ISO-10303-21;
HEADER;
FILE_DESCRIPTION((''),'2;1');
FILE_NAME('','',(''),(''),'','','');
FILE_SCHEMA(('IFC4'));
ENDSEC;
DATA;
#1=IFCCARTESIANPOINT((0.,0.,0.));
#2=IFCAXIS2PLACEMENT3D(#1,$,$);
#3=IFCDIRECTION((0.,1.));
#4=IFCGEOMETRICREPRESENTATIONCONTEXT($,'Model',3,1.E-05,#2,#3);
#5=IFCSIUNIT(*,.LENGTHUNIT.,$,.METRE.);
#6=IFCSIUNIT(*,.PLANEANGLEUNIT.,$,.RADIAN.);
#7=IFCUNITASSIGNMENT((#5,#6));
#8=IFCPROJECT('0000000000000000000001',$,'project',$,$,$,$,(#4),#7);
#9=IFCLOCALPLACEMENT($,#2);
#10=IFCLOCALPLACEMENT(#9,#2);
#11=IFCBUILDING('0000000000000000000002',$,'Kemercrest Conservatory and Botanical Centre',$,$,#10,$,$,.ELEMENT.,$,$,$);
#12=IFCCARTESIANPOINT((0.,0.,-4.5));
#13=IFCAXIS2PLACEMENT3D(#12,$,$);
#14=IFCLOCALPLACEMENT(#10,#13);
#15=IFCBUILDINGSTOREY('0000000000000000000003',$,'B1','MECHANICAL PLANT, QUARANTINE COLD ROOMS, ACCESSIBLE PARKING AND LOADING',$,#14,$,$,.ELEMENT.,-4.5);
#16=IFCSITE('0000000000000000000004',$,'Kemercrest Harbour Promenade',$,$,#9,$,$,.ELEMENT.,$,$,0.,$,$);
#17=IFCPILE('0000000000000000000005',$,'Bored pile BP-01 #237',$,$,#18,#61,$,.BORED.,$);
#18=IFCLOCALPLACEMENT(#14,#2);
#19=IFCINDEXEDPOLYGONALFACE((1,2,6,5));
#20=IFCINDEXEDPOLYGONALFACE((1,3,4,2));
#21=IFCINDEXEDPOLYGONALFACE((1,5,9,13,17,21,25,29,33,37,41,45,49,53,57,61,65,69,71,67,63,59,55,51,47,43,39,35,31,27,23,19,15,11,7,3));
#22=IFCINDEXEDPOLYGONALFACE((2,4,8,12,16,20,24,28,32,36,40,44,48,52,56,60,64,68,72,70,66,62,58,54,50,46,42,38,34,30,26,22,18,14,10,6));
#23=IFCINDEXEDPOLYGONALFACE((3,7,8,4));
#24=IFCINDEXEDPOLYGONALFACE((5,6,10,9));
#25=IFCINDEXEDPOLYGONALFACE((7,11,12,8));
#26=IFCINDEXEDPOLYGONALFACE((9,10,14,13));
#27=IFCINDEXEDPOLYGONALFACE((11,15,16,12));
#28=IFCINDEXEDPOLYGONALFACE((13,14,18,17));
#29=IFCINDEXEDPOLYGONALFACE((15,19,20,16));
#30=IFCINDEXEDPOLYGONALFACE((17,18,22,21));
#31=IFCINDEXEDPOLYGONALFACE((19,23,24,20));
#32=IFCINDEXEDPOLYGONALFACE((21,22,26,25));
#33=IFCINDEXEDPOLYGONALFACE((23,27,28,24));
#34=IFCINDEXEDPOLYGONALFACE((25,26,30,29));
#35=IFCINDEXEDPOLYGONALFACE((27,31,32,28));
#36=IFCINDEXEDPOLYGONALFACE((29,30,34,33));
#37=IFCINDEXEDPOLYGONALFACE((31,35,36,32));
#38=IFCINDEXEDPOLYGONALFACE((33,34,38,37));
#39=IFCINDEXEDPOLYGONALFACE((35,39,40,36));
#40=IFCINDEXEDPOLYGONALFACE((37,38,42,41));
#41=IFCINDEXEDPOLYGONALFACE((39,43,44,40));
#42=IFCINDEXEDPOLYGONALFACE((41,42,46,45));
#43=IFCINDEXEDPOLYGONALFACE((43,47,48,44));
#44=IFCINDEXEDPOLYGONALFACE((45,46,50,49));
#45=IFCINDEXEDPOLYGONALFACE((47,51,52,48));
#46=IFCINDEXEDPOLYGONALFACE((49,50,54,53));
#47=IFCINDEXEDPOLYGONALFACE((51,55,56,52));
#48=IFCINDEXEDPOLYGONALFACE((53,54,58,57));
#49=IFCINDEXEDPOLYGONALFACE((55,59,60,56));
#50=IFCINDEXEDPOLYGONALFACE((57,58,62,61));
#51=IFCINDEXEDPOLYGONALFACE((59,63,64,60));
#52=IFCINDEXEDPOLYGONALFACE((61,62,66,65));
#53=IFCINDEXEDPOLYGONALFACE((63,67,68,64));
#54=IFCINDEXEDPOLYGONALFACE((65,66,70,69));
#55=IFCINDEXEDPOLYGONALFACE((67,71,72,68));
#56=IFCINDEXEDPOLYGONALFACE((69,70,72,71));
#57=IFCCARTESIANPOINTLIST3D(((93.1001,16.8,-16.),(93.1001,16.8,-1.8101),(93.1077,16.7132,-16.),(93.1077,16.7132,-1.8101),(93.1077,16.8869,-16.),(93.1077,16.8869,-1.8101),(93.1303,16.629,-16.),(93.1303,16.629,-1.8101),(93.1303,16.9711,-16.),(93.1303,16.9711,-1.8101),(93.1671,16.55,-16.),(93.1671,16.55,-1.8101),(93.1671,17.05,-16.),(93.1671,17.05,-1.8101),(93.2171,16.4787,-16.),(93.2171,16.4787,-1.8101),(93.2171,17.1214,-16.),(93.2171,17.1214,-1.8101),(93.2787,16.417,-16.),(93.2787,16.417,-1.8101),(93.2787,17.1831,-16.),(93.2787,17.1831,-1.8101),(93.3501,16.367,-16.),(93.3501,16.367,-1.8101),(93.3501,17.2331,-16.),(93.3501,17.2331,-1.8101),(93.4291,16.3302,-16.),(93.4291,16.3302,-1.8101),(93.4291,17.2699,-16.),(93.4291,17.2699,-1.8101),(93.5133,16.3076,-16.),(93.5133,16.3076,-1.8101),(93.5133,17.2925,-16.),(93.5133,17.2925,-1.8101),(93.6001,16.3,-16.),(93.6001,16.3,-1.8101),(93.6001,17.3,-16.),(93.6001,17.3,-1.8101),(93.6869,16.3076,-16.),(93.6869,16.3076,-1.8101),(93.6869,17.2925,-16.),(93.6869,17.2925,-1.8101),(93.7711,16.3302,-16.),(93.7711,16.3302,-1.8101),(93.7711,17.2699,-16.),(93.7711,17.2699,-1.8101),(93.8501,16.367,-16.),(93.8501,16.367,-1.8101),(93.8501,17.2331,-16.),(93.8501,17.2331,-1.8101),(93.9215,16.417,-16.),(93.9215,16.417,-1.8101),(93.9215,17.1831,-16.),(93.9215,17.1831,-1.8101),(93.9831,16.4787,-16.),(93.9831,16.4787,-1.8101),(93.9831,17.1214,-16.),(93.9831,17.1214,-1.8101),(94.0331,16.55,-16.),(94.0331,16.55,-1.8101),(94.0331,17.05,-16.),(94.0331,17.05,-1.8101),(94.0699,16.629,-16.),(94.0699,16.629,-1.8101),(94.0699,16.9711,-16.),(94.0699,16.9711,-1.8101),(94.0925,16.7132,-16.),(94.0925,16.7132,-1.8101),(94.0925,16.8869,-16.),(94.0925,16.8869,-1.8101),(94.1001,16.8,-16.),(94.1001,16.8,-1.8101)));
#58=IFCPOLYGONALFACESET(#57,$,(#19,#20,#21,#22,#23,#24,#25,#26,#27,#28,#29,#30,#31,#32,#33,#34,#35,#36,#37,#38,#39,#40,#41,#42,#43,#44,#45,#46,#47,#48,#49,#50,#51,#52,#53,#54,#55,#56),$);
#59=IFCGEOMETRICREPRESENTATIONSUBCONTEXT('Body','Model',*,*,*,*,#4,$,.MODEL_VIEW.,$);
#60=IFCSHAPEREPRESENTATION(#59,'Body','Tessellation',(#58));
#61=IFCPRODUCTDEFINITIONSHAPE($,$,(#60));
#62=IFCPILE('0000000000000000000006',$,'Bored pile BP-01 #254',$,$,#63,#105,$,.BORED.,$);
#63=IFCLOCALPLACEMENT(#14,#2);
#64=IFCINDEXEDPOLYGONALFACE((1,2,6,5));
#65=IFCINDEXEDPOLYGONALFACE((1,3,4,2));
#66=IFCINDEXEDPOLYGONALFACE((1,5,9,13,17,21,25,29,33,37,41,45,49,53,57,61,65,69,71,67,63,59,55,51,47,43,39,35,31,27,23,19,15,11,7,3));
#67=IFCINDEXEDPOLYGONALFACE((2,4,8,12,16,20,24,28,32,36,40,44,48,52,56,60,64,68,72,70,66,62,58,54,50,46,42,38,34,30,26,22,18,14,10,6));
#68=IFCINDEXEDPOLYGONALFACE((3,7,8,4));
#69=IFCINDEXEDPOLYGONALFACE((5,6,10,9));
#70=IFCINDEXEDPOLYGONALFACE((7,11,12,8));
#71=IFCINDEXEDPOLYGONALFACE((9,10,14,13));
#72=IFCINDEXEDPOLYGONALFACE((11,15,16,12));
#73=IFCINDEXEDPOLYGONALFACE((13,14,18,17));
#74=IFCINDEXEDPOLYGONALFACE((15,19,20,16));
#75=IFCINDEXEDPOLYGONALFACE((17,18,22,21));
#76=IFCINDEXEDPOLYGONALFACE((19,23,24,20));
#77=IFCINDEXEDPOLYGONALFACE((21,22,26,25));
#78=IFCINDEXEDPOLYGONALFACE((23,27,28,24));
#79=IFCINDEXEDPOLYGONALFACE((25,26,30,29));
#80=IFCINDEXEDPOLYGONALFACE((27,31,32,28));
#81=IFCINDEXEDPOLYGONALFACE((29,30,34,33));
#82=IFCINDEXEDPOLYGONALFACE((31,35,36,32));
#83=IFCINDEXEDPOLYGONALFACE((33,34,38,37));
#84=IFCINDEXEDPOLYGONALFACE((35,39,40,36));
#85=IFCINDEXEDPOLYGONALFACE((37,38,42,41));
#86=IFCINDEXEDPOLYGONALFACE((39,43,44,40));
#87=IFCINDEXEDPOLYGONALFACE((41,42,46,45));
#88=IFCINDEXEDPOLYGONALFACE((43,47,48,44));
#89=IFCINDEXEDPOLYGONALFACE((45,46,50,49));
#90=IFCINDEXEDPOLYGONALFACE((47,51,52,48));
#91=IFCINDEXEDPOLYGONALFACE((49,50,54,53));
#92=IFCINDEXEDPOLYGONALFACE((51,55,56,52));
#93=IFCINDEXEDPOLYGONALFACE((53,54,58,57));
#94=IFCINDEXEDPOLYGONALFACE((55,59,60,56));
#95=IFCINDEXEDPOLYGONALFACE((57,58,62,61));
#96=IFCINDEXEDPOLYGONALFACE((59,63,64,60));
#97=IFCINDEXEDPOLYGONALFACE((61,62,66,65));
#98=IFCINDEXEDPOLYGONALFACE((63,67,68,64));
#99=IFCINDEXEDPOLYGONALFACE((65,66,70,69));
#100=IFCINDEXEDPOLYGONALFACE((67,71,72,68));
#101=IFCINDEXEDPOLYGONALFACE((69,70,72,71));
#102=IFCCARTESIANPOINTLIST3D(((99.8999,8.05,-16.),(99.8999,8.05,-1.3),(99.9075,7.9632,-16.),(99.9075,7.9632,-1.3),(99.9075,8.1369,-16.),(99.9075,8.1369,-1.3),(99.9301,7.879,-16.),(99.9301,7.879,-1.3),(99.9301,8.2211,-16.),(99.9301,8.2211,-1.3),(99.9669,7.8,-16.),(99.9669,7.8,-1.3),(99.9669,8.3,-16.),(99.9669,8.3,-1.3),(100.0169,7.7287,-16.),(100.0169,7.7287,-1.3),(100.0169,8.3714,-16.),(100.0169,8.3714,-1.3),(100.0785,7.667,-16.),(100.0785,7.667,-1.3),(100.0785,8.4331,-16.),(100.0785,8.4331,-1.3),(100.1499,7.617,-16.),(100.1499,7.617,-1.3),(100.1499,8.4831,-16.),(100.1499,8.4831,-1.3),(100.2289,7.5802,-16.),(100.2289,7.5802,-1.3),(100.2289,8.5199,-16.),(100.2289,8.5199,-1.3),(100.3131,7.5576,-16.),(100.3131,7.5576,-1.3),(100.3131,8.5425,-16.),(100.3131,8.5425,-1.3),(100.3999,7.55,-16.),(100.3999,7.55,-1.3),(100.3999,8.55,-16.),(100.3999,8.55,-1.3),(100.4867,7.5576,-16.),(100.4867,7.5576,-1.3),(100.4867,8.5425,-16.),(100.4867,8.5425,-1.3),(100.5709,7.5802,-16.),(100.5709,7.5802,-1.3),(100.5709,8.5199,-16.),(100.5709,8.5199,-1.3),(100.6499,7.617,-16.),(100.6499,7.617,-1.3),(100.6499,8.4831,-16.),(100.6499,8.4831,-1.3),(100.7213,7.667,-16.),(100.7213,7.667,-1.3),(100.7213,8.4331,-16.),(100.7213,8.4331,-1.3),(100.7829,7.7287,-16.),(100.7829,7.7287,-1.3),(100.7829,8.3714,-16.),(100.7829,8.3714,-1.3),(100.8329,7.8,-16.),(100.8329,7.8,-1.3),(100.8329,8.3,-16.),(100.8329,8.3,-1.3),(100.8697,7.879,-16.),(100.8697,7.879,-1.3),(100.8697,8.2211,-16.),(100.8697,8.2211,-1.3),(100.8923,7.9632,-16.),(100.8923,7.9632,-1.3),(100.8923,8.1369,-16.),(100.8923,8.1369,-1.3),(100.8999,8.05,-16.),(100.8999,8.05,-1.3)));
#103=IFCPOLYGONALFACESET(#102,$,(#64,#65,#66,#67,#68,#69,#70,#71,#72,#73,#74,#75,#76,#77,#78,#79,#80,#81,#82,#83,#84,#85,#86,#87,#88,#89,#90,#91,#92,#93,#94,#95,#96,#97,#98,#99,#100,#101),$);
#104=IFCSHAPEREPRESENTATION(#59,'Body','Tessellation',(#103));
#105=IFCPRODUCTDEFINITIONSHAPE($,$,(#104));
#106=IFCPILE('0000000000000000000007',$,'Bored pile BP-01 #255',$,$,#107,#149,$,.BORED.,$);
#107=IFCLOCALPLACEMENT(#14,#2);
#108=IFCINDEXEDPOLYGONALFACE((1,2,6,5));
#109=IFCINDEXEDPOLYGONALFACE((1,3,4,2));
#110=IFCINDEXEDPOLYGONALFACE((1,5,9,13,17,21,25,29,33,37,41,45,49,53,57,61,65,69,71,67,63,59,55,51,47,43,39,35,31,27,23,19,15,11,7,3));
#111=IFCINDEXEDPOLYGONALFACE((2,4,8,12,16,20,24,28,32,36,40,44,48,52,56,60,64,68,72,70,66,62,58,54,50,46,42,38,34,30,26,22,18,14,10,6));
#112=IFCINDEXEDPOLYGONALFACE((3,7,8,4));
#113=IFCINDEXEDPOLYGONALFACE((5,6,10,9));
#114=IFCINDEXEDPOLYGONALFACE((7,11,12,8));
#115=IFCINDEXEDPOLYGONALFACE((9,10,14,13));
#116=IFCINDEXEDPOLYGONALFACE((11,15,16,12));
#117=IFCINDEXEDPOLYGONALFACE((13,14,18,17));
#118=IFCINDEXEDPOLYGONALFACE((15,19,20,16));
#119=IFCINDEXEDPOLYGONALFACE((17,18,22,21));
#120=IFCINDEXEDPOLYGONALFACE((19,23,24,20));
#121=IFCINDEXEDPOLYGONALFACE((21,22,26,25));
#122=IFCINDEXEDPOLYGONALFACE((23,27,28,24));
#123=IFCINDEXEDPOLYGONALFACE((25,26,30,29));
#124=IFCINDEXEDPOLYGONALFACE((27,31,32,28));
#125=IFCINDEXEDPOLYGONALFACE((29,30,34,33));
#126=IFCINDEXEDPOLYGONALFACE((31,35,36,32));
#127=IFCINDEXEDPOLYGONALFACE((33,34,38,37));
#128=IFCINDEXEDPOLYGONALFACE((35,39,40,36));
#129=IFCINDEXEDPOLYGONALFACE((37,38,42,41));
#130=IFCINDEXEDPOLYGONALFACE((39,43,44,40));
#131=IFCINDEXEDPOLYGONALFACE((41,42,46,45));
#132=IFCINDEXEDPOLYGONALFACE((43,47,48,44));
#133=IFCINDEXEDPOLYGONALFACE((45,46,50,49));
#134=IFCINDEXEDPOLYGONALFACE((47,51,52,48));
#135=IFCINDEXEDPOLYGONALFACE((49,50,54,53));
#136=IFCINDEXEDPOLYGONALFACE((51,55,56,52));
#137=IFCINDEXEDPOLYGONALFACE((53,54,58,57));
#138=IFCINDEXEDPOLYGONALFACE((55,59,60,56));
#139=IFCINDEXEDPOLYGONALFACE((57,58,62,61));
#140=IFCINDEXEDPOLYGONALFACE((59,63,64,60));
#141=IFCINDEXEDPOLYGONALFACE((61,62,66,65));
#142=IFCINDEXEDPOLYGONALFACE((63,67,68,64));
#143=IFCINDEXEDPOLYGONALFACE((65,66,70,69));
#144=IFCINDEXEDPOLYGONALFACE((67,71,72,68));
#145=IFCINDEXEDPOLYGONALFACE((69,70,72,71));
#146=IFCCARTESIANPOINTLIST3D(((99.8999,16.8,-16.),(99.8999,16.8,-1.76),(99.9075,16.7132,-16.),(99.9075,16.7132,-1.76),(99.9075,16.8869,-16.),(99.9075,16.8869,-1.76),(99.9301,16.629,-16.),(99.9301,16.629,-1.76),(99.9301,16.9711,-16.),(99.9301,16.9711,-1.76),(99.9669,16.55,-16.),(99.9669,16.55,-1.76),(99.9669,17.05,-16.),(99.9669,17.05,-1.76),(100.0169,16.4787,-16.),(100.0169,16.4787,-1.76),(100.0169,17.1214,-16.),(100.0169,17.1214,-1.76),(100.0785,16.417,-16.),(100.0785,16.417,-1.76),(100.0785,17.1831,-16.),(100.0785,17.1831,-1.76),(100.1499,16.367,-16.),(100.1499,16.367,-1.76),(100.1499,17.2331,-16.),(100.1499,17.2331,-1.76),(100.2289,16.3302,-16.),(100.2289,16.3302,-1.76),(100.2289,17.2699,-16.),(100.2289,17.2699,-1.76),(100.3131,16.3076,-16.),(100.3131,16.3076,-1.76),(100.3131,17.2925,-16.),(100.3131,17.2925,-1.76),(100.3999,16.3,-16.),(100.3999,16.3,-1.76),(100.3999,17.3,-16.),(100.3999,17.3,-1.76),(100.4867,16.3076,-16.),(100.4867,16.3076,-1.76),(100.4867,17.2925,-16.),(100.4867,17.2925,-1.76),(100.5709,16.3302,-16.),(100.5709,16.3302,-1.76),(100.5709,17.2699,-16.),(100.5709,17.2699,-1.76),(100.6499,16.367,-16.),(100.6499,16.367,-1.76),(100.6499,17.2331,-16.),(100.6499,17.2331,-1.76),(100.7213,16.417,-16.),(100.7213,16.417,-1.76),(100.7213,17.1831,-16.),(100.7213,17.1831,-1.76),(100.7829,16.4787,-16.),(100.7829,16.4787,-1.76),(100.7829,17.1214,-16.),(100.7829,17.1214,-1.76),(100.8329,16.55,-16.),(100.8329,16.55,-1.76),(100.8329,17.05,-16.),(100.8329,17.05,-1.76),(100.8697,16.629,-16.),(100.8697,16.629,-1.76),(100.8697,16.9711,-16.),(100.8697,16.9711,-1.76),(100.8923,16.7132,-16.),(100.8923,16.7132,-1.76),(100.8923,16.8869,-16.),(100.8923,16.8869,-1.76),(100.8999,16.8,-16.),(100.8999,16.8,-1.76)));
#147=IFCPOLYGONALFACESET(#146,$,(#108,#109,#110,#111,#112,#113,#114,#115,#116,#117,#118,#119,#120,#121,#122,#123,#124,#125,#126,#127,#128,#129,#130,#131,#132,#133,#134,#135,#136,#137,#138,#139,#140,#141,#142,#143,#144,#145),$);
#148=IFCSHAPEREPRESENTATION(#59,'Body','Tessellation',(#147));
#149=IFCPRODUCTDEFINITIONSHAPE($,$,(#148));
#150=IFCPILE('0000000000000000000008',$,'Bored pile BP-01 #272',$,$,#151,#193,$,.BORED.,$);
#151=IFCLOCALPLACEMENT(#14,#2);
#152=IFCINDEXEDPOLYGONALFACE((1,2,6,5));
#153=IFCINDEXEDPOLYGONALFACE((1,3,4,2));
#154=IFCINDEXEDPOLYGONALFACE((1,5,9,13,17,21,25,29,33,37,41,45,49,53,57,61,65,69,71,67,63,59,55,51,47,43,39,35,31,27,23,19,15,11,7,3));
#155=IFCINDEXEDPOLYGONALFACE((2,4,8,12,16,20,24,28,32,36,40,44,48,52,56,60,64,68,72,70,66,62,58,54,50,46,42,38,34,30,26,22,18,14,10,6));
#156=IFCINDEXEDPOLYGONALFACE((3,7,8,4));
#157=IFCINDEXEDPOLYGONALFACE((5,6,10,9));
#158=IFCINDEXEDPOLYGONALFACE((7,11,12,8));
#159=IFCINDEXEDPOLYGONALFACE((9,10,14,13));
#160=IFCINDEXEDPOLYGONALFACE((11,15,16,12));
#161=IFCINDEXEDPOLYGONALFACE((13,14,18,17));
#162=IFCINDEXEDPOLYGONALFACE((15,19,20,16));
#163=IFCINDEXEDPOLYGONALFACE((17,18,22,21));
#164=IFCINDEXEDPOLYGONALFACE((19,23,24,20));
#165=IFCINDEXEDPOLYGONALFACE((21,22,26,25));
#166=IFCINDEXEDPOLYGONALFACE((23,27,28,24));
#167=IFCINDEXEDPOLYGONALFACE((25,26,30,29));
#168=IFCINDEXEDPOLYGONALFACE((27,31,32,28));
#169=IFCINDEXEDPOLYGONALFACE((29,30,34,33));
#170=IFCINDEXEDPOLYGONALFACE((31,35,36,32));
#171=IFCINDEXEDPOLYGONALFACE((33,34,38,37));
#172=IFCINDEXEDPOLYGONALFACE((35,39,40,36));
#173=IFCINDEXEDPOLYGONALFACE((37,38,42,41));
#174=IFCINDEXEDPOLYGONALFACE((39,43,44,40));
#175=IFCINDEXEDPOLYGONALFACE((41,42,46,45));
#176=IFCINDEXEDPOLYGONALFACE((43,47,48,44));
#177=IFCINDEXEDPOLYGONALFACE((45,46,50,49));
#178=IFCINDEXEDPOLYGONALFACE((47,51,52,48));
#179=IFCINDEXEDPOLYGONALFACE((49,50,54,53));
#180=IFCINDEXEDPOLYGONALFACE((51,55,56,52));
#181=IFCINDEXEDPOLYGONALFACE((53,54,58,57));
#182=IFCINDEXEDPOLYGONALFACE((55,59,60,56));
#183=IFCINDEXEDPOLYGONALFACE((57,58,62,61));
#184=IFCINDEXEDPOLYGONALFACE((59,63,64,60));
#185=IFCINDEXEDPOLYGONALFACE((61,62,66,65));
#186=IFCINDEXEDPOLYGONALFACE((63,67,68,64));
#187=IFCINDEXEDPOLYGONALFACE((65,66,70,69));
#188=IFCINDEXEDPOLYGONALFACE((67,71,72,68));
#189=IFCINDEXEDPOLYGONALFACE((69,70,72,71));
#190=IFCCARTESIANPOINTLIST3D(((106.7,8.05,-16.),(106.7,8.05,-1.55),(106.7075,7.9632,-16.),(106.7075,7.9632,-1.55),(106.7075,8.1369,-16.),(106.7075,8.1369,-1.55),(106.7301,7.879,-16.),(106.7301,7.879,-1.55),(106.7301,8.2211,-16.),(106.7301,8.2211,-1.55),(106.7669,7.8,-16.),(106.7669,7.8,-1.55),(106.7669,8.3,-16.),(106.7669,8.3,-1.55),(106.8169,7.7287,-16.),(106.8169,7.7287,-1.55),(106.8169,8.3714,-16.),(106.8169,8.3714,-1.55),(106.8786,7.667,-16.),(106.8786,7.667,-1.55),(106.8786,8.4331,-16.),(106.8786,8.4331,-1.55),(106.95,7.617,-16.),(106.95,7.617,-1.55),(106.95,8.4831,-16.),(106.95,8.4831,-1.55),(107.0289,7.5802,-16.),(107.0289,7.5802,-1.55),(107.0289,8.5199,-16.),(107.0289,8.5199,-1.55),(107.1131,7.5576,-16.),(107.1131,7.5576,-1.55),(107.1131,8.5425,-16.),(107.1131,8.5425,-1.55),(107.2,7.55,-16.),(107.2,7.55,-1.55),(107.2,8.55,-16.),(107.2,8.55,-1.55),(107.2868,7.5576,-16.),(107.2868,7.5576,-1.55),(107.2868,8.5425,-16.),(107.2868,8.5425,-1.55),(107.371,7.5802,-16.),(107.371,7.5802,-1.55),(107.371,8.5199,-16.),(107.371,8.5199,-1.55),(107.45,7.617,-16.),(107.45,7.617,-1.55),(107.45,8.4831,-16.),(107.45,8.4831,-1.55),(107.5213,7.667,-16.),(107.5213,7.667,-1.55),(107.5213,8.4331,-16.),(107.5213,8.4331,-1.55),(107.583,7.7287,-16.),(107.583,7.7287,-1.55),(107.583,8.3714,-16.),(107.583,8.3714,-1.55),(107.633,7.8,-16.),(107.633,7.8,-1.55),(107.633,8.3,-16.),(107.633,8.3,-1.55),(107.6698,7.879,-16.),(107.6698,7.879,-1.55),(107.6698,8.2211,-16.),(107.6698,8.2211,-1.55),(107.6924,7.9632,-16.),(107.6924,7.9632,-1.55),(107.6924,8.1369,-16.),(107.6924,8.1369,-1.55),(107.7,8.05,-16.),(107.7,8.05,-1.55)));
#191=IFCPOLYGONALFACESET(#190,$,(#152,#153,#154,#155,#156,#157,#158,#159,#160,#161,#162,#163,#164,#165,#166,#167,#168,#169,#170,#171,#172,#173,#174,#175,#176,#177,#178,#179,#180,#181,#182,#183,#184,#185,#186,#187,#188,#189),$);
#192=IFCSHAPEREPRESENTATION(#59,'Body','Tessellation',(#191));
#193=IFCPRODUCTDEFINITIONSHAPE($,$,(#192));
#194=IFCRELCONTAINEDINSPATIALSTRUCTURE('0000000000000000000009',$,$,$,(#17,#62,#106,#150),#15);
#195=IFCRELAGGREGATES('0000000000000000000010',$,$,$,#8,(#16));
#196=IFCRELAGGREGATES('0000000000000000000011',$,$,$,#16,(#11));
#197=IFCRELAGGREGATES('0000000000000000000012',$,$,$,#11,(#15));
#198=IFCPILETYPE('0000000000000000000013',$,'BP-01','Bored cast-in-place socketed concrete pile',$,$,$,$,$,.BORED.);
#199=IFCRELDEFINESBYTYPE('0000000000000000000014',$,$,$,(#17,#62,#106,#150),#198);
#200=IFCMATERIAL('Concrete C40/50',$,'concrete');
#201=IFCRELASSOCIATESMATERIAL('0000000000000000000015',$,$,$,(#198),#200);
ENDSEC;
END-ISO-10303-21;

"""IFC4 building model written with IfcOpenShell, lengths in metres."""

from ifc_helpers import new_model, si_unit, direction, frame, origin, origin_2d, place, context, subcontext, project, spatial, circle, extrude, material, material_profile, profile_set, type_object, element, save


model = new_model("IFC4")

# Units and contexts
model_context = context("Model", 3, precision=1e-05, world=origin(), true_north=direction((0.0, 1.0)))
body_context = subcontext(model_context, "Body", "Model", "MODEL_VIEW")
ifc_project = project(units=[si_unit("LENGTHUNIT", "METRE"), si_unit("PLANEANGLEUNIT", "RADIAN")], contexts=[model_context])

# Site, building, storey
site_placement = place(None, origin())
site = spatial("IfcSite", under=ifc_project, at=site_placement, Name="Kemercrest Harbour Promenade", CompositionType="ELEMENT", RefElevation=0.0)
building_placement = place(site_placement, origin())
building = spatial("IfcBuilding", under=site, at=building_placement, Name="Kemercrest Conservatory and Botanical Centre", CompositionType="ELEMENT")
storey_placement = place(building_placement, frame((0.0, 0.0, -4.5)))
storey = spatial("IfcBuildingStorey", under=building, at=storey_placement, Name="B1", Description="MECHANICAL PLANT, QUARANTINE COLD ROOMS, ACCESSIBLE PARKING AND LOADING", CompositionType="ELEMENT", Elevation=-4.5)

# Piles
ifc_material_1 = material(Name="Concrete C40/50", Category="concrete")
ifc_material_profile_1 = material_profile(ifc_material_1, circle(Radius=0.5, at=origin_2d()), Name="BORED PILE 1000")
ifc_profile_set_1 = profile_set([ifc_material_profile_1], Name="Concrete C40/50")
pile_type_1 = type_object("IfcPileType", Name="BP-01", Description="Bored cast-in-place socketed concrete pile", PredefinedType="BORED", material=ifc_profile_set_1)
pile_1_placement = place(storey_placement, frame((93.6001, 16.8, -1.8101), z_axis=(0.0, 0.0, -1.0), x_axis=(1.0, 0.0, 0.0)))
element("IfcPile", 1, at=pile_1_placement, inside=storey, type_object=pile_type_1, Name="Bored pile BP-01 #237", PredefinedType="BORED", context=body_context, shape_type="SweptSolid", body=[
    extrude(circle(Radius=0.5, at=origin_2d()), origin(), (0.0, 0.0, 1.0), 14.1899),
])
pile_2_placement = place(storey_placement, frame((100.3999, 8.05, -1.3), z_axis=(0.0, 0.0, -1.0), x_axis=(1.0, 0.0, 0.0)))
element("IfcPile", 2, at=pile_2_placement, inside=storey, type_object=pile_type_1, Name="Bored pile BP-01 #254", PredefinedType="BORED", context=body_context, shape_type="SweptSolid", body=[
    extrude(circle(Radius=0.5, at=origin_2d()), origin(), (0.0, 0.0, 1.0), 14.7),
])
pile_3_placement = place(storey_placement, frame((100.3999, 16.8, -1.76), z_axis=(0.0, 0.0, -1.0), x_axis=(1.0, 0.0, 0.0)))
element("IfcPile", 3, at=pile_3_placement, inside=storey, type_object=pile_type_1, Name="Bored pile BP-01 #255", PredefinedType="BORED", context=body_context, shape_type="SweptSolid", body=[
    extrude(circle(Radius=0.5, at=origin_2d()), origin(), (0.0, 0.0, 1.0), 14.24),
])
for number, where, z_axis, x_axis, name in (
    (4, (107.2, 8.05, -1.55), (0.0, 0.0, -1.0), (1.0, 0.0, 0.0), "Bored pile BP-01 #272"),
):
    element("IfcPile", number, at=place(storey_placement, frame(where, z_axis=z_axis, x_axis=x_axis)), inside=storey, type_object=pile_type_1, Name=name, PredefinedType="BORED", context=body_context, shape_type="SweptSolid", body=[
        extrude(circle(Radius=0.5, at=origin_2d()), origin(), (0.0, 0.0, 1.0), 14.45),
    ])

save(model, "model.ifc")
